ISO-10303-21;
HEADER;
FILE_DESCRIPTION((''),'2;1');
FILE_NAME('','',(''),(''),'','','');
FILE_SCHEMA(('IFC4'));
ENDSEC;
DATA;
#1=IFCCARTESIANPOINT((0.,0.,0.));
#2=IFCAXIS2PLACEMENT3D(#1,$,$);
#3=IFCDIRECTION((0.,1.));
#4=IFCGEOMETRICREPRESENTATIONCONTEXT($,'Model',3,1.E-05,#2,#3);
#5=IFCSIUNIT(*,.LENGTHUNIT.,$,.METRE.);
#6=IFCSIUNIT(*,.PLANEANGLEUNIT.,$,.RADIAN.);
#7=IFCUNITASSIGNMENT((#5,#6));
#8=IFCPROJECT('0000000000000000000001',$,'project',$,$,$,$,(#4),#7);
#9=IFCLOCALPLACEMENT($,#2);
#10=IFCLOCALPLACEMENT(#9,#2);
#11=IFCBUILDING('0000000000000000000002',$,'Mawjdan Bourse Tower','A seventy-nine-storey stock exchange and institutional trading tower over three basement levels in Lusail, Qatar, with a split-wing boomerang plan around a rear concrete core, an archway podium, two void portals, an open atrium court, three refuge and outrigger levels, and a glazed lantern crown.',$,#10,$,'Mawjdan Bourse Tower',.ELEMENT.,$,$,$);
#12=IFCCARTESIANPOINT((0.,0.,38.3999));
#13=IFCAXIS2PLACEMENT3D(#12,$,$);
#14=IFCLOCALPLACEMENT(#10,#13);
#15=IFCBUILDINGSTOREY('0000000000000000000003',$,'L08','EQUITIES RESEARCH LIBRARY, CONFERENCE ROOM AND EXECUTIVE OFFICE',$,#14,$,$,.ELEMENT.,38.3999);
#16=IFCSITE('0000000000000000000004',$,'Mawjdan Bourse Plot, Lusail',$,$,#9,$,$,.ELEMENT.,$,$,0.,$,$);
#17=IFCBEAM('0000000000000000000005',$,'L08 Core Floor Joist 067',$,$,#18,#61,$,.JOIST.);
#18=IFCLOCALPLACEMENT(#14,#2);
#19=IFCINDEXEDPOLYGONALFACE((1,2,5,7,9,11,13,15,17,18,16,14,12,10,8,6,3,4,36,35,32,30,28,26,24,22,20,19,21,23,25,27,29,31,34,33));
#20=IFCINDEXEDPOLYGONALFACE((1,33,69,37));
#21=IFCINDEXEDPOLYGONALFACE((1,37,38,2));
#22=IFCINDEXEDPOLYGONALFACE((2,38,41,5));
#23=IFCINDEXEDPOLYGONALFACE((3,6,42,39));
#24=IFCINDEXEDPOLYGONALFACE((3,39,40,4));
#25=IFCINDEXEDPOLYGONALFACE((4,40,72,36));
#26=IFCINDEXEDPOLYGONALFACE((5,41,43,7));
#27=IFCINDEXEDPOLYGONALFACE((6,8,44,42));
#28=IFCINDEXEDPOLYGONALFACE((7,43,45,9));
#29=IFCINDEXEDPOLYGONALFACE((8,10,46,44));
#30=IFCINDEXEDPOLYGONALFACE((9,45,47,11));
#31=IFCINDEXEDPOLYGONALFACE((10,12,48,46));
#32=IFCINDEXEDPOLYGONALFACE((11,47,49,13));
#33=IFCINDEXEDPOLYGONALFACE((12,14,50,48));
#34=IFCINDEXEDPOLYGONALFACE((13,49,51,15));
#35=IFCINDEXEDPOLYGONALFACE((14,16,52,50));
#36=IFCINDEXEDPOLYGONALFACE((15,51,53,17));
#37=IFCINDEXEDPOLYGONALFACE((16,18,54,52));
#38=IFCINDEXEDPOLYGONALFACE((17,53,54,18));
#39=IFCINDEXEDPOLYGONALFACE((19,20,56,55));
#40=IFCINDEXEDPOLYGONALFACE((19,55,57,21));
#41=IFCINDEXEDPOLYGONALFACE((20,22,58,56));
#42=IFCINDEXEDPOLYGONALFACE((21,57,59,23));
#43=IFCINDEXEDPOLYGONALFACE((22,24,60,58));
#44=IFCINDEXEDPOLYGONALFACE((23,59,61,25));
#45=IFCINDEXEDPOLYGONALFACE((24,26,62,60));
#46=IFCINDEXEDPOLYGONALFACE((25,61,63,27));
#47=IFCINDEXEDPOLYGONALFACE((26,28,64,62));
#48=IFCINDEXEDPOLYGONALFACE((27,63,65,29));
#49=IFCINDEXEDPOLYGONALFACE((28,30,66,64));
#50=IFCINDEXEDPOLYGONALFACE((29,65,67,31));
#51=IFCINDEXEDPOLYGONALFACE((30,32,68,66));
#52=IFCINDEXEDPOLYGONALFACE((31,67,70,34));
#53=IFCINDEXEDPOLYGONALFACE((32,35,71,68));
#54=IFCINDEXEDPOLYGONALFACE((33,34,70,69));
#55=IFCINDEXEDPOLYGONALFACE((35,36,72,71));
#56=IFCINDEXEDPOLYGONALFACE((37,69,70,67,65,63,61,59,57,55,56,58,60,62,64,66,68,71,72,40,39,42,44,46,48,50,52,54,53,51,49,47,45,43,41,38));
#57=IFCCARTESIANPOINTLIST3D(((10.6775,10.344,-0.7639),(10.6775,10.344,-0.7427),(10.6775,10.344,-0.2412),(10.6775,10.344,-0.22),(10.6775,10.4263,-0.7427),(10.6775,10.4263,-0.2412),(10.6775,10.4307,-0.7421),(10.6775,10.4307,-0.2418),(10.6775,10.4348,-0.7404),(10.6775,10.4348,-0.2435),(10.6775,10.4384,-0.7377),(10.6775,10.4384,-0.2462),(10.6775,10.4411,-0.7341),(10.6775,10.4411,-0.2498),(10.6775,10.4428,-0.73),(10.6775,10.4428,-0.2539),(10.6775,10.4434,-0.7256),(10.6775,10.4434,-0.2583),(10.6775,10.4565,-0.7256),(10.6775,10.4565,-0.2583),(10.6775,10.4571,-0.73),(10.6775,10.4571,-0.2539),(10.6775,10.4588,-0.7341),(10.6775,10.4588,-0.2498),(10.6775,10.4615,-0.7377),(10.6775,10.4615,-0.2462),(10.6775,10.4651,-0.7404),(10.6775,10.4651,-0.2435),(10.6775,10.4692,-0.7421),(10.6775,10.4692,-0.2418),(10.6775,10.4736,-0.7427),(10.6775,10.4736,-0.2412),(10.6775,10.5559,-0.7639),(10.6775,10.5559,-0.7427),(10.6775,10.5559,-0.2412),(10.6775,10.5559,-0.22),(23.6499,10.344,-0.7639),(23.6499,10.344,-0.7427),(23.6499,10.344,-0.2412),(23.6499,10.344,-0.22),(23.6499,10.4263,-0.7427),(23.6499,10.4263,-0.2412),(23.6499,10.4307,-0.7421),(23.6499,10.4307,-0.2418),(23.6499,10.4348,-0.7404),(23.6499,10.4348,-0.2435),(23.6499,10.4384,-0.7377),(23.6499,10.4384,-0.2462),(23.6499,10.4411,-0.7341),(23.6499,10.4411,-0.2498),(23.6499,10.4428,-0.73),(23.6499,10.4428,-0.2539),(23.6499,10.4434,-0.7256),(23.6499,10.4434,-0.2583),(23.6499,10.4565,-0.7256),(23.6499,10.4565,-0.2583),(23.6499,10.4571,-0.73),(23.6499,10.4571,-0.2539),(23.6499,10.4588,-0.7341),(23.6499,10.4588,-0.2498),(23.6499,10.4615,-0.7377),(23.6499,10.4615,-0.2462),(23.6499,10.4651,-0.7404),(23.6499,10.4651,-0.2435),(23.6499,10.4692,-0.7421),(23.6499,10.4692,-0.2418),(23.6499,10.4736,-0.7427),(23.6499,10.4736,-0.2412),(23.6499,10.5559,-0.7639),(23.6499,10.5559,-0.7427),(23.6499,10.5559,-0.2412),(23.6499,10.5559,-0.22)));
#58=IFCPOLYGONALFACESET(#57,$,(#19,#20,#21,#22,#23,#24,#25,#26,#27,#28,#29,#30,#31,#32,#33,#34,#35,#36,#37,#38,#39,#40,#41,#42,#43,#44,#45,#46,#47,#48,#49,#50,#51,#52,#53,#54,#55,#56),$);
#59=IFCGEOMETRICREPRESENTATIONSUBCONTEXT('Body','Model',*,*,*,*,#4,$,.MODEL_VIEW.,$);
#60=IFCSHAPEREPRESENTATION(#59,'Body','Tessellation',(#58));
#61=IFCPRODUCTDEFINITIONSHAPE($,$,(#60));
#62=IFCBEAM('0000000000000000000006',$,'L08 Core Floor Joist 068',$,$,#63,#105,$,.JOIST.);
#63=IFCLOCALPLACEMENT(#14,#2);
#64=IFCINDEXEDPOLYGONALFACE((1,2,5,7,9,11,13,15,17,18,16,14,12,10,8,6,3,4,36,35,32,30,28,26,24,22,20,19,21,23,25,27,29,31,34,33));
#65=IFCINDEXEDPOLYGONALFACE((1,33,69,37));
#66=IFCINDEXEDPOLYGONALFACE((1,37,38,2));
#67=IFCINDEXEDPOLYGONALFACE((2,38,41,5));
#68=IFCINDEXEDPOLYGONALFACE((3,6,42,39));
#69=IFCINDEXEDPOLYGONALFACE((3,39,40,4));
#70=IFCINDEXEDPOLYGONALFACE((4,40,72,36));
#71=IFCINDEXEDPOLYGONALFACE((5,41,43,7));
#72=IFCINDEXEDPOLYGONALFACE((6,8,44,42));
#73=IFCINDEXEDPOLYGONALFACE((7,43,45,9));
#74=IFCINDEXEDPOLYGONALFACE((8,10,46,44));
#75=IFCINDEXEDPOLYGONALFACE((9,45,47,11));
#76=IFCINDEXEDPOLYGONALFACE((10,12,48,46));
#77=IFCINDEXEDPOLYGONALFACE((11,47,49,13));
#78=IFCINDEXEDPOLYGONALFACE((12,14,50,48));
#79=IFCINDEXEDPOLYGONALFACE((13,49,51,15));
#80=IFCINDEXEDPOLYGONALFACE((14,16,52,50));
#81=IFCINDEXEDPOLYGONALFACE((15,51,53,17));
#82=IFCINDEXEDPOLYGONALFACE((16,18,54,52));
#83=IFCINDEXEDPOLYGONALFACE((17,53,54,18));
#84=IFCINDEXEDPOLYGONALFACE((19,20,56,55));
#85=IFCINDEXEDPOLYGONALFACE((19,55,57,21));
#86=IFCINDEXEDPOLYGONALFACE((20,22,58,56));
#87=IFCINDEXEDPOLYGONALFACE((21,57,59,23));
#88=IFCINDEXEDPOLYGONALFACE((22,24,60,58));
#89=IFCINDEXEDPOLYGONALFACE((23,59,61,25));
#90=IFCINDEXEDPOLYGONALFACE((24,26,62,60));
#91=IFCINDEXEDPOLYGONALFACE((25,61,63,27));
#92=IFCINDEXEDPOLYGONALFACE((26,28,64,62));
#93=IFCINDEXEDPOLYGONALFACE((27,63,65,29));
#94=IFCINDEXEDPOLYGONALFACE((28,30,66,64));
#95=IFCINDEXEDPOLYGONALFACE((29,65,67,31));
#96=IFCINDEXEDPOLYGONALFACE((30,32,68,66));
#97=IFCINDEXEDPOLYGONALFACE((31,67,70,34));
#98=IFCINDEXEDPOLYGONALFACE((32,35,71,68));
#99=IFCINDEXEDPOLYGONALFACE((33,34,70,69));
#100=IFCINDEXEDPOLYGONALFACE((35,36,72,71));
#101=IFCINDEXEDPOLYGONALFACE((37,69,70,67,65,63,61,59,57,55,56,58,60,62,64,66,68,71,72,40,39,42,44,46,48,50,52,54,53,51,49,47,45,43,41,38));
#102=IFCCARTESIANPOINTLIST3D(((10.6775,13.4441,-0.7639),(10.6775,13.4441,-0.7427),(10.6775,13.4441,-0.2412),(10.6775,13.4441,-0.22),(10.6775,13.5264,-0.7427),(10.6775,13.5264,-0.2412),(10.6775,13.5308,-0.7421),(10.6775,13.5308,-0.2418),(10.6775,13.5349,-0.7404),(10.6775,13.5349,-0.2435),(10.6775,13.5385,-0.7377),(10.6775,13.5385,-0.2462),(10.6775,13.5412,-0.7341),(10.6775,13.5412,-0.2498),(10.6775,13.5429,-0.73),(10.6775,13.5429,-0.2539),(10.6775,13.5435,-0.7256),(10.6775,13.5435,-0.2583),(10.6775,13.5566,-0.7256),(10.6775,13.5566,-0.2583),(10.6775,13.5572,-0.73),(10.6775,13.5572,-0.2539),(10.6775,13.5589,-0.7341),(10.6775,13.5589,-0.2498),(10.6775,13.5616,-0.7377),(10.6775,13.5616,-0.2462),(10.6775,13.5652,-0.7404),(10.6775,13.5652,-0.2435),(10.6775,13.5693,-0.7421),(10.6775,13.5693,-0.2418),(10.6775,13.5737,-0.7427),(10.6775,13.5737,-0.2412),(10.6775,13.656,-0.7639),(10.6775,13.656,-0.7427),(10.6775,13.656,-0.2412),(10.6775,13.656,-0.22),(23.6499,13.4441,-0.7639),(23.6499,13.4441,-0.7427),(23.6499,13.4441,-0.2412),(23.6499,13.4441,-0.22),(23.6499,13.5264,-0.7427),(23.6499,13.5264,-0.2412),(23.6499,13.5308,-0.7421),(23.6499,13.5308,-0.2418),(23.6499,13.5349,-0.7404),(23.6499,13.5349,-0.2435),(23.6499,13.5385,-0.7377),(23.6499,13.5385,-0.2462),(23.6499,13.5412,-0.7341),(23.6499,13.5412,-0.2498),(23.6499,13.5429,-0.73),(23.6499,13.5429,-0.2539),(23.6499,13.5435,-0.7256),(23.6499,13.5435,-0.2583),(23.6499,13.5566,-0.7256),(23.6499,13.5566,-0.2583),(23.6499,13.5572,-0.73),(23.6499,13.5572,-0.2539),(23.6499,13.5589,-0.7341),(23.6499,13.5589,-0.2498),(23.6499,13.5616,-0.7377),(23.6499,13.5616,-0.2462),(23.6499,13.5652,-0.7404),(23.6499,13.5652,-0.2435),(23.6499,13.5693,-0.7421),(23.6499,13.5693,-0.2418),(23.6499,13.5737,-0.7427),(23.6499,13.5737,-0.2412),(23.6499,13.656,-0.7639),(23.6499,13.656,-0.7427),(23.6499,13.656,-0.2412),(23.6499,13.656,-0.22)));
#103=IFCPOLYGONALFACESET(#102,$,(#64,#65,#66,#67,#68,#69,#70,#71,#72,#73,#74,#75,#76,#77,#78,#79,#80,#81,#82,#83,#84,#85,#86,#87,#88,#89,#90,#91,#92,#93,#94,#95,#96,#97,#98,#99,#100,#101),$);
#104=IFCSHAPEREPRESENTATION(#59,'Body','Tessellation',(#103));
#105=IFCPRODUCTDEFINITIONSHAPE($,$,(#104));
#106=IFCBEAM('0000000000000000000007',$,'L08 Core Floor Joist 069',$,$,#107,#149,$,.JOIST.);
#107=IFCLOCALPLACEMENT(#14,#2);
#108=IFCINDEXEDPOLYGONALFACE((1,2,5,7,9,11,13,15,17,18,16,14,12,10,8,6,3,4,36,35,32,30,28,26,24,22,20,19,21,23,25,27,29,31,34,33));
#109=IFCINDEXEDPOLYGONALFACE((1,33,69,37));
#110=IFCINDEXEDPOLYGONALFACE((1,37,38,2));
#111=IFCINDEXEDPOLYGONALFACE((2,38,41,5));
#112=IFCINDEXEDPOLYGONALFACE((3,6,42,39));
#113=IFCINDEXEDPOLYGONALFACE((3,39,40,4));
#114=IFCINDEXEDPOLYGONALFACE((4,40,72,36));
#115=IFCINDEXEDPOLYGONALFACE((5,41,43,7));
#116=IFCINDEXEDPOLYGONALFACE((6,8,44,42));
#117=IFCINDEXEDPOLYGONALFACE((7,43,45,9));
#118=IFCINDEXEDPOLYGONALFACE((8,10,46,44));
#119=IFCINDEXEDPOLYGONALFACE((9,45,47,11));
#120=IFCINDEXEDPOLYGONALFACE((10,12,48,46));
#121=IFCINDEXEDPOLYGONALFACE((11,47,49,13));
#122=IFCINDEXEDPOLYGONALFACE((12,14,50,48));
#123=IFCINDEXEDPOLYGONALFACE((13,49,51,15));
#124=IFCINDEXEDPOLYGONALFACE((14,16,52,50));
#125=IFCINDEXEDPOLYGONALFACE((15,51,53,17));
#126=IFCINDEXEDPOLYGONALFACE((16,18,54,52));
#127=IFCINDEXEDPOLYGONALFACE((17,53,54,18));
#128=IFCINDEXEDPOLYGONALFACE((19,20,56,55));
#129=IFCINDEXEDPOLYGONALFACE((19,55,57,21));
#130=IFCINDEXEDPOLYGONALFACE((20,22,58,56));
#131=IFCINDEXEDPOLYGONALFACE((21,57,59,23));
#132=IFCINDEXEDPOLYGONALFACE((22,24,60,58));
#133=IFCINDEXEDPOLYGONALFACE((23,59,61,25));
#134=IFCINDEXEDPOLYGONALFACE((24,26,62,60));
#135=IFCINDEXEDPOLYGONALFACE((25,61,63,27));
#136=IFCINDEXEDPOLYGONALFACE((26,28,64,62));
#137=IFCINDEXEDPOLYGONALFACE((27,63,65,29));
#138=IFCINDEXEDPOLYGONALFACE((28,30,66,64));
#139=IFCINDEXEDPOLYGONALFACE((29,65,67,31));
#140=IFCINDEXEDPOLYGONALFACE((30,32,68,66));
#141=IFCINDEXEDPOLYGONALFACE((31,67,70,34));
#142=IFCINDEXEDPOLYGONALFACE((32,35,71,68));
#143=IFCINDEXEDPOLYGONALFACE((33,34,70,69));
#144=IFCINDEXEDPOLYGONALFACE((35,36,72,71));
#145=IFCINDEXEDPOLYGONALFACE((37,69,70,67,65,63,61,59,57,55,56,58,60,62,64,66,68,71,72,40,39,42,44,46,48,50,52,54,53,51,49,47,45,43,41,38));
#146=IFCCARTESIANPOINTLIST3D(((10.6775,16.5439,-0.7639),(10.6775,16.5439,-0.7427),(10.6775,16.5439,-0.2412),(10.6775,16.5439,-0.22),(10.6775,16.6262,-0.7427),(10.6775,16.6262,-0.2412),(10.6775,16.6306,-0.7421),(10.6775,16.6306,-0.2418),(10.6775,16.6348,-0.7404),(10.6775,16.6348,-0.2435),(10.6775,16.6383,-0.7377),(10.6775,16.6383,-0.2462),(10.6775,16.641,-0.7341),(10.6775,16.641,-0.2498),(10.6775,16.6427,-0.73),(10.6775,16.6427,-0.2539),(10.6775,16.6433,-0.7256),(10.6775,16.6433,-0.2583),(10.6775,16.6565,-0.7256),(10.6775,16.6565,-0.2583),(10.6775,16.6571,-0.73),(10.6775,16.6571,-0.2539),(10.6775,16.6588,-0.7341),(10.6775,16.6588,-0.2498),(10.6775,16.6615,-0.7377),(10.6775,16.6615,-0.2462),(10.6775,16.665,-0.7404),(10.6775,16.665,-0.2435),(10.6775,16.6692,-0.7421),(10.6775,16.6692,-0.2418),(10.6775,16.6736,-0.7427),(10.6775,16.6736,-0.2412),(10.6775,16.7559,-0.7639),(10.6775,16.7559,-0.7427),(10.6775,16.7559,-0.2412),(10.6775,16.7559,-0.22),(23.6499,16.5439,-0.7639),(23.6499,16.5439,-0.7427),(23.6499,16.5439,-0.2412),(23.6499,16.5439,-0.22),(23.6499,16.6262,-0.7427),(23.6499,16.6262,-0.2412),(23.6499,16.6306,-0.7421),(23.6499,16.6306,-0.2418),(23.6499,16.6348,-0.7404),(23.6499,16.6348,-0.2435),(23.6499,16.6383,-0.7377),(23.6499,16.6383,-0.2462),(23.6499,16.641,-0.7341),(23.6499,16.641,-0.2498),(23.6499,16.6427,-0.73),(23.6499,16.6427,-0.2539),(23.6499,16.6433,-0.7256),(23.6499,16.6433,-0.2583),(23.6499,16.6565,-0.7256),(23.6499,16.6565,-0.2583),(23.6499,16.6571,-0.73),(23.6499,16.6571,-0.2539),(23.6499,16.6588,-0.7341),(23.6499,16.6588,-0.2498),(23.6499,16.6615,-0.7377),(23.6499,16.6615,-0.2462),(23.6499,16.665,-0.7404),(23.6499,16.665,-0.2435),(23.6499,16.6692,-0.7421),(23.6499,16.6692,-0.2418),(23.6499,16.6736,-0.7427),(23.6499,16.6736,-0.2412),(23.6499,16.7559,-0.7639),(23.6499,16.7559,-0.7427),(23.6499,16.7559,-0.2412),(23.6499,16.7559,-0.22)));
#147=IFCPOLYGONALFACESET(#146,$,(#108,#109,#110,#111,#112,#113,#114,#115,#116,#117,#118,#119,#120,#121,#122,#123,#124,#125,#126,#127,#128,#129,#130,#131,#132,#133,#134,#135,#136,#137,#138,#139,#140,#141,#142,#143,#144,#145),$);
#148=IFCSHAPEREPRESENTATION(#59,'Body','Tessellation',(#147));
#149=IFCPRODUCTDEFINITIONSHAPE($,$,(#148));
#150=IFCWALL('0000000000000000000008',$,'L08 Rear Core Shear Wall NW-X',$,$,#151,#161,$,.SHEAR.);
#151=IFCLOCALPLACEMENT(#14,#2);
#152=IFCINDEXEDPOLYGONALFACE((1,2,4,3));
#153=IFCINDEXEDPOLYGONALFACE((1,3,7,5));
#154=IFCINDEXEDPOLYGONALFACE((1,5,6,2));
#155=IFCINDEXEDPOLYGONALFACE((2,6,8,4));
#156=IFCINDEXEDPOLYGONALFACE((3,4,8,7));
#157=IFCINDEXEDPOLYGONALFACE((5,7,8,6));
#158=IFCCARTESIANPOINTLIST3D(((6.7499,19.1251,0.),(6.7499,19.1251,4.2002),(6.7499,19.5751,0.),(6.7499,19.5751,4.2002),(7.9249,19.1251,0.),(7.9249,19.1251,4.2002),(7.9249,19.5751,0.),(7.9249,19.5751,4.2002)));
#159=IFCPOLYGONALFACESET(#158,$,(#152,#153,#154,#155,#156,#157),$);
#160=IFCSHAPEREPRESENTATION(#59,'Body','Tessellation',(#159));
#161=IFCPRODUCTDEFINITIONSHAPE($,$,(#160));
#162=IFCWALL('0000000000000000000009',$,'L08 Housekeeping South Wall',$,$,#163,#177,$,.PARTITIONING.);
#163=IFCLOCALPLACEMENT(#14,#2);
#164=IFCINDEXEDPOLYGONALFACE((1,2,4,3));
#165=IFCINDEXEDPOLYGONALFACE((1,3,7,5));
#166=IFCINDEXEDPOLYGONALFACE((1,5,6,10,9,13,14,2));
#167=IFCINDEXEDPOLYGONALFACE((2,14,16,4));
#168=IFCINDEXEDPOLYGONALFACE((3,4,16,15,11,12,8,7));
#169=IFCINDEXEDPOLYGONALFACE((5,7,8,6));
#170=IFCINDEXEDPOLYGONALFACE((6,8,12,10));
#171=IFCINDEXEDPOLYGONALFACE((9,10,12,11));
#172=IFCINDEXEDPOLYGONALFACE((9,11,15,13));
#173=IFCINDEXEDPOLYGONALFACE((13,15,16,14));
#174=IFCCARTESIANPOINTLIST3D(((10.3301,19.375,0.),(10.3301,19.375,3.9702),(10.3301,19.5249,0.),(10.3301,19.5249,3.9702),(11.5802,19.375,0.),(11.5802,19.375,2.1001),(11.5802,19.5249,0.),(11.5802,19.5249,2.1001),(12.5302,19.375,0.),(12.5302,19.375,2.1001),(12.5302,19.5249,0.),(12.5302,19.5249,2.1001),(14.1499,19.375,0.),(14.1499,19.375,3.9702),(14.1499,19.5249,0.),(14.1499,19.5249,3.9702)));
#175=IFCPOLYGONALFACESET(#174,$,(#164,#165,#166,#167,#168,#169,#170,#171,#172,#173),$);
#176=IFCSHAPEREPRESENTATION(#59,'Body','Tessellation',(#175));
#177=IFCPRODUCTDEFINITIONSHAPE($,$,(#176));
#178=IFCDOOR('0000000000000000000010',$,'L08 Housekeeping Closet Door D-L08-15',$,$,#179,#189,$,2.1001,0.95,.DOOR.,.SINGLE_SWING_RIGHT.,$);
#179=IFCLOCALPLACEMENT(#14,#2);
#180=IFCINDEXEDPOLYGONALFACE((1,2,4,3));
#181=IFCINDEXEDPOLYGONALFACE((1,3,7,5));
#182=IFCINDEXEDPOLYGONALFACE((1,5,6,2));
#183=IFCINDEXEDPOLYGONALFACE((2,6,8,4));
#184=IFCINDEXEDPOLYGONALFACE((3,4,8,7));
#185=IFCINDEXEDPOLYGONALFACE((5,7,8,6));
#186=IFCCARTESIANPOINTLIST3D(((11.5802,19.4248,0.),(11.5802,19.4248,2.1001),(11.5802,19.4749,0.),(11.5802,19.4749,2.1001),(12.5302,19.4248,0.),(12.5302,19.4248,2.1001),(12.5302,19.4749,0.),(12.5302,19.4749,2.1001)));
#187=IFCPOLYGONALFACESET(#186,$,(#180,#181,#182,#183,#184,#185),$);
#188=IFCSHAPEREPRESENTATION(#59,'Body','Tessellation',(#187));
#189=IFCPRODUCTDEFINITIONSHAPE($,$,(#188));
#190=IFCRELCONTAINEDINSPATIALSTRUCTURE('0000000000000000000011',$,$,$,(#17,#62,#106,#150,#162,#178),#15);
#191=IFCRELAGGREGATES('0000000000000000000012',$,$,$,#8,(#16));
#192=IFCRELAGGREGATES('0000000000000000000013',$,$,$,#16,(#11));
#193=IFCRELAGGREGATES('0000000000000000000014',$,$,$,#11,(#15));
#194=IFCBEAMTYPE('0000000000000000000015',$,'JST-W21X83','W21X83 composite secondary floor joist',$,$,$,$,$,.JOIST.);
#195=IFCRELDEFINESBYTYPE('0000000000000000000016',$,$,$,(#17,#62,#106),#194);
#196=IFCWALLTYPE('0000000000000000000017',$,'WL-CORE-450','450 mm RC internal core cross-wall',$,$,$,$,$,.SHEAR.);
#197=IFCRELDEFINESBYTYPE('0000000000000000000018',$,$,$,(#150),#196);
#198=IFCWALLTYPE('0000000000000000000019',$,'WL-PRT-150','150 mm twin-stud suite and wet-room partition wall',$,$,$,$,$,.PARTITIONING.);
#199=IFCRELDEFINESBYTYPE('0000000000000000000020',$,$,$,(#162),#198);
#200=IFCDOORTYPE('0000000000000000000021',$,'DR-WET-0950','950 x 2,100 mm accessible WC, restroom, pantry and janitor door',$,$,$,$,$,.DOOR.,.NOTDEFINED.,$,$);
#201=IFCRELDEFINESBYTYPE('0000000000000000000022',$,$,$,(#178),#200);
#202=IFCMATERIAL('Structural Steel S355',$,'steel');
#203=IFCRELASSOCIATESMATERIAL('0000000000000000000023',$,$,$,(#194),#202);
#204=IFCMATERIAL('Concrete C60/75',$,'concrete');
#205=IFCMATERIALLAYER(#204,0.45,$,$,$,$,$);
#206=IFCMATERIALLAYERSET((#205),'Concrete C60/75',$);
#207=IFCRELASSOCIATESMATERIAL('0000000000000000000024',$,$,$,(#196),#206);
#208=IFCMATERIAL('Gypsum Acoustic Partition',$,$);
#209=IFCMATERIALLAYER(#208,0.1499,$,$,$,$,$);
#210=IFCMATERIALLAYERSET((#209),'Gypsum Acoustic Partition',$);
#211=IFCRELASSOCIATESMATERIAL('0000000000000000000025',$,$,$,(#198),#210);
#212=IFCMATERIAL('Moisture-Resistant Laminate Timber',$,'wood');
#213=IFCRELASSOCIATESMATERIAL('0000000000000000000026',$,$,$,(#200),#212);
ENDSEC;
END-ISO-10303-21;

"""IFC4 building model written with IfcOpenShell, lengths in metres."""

from ifc_helpers import new_model, si_unit, direction, frame, frame_2d, origin, origin_2d, place, context, subcontext, project, spatial, rectangle, i_section, extrude, material, layer, layer_set, material_profile, profile_set, type_object, element, fill, save


model = new_model("IFC4")

# Units and contexts
model_context = context("Model", 3, precision=1e-05, world=origin(), true_north=direction((0.0, 1.0)))
body_context = subcontext(model_context, "Body", "Model", "MODEL_VIEW")
ifc_project = project(units=[si_unit("LENGTHUNIT", "METRE"), si_unit("PLANEANGLEUNIT", "RADIAN")], contexts=[model_context])

# Site, building, storey
site_placement = place(None, origin())
site = spatial("IfcSite", under=ifc_project, at=site_placement, Name="Mawjdan Bourse Plot, Lusail", CompositionType="ELEMENT", RefElevation=0.0)
building_placement = place(site_placement, origin())
building = spatial("IfcBuilding", under=site, at=building_placement, Name="Mawjdan Bourse Tower", Description="A seventy-nine-storey stock exchange and institutional trading tower over three basement levels in Lusail, Qatar, with a split-wing boomerang plan around a rear concrete core, an archway podium, two void portals, an open atrium court, three refuge and outrigger levels, and a glazed lantern crown.", LongName="Mawjdan Bourse Tower", CompositionType="ELEMENT")
storey_placement = place(building_placement, frame((0.0, 0.0, 38.3999)))
storey = spatial("IfcBuildingStorey", under=building, at=storey_placement, Name="L08", Description="EQUITIES RESEARCH LIBRARY, CONFERENCE ROOM AND EXECUTIVE OFFICE", CompositionType="ELEMENT", Elevation=38.3999)

# Beams
ifc_material_1 = material(Name="Structural Steel S355", Category="steel")
ifc_material_profile = material_profile(ifc_material_1, i_section(OverallWidth=0.2119, OverallDepth=0.5439, WebThickness=0.0132, FlangeThickness=0.0212, FilletRadius=0.0171, at=origin_2d()), Name="W21X83")
ifc_profile_set = profile_set([ifc_material_profile], Name="Structural Steel S355")
beam_type = type_object("IfcBeamType", Name="JST-W21X83", Description="W21X83 composite secondary floor joist", PredefinedType="JOIST", material=ifc_profile_set)
for number, where, z_axis, x_axis, name in (
    (1, (10.6775, 10.45, -0.4919), (1.0, 0.0, 0.0), (0.0, 1.0, 0.0), "L08 Core Floor Joist 067"),
    (2, (10.6775, 13.55, -0.4919), (1.0, 0.0, 0.0), (0.0, 1.0, 0.0), "L08 Core Floor Joist 068"),
    (3, (10.6775, 16.6499, -0.4919), (1.0, 0.0, 0.0), (0.0, 1.0, 0.0), "L08 Core Floor Joist 069"),
):
    element("IfcBeam", number, at=place(storey_placement, frame(where, z_axis=z_axis, x_axis=x_axis)), inside=storey, type_object=beam_type, Name=name, PredefinedType="JOIST", context=body_context, shape_type="SweptSolid", body=[
        extrude(i_section(OverallWidth=0.2119, OverallDepth=0.5439, WebThickness=0.0132, FlangeThickness=0.0212, FilletRadius=0.0171, at=origin_2d()), origin(), (0.0, 0.0, 1.0), 12.9724),
    ])

# Wall
ifc_material_2 = material(Name="Concrete C60/75", Category="concrete")
ifc_layer_1 = layer(ifc_material_2, 0.45)
ifc_layer_set_1 = layer_set([ifc_layer_1], Name="Concrete C60/75")
wall_type_1 = type_object("IfcWallType", Name="WL-CORE-450", Description="450 mm RC internal core cross-wall", PredefinedType="SHEAR", material=ifc_layer_set_1)
wall_1_placement = place(storey_placement, frame((6.75, 19.3501, 0.0), z_axis=(0.0, 0.0, 1.0), x_axis=(1.0, 0.0, 0.0)))
element("IfcWall", 4, at=wall_1_placement, inside=storey, type_object=wall_type_1, Name="L08 Rear Core Shear Wall NW-X", PredefinedType="SHEAR", context=body_context, shape_type="SweptSolid", body=[
    extrude(rectangle(XDim=1.175, YDim=0.45, at=frame_2d((0.5874, 0.0))), origin(), (0.0, 0.0, 1.0), 4.2002),
])

# Wall, opening, door
ifc_material_3 = material(Name="Gypsum Acoustic Partition")
ifc_layer_2 = layer(ifc_material_3, 0.1499)
ifc_layer_set_2 = layer_set([ifc_layer_2], Name="Gypsum Acoustic Partition")
wall_type_2 = type_object("IfcWallType", Name="WL-PRT-150", Description="150 mm twin-stud suite and wet-room partition wall", PredefinedType="PARTITIONING", material=ifc_layer_set_2)
wall_2_placement = place(storey_placement, frame((10.3301, 19.45, 0.0), z_axis=(0.0, 0.0, 1.0), x_axis=(1.0, 0.0, 0.0)))
wall_2 = element("IfcWall", 5, at=wall_2_placement, inside=storey, type_object=wall_type_2, Name="L08 Housekeeping South Wall", PredefinedType="PARTITIONING", context=body_context, shape_type="SweptSolid", body=[
    extrude(rectangle(XDim=3.8198, YDim=0.1499, at=frame_2d((1.9099, 0.0))), origin(), (0.0, 0.0, 1.0), 3.9702),
])
opening_1_placement = place(wall_2_placement, frame((1.25, 0.0, 0.0)))
opening_1 = element("IfcOpeningElement", 6, at=opening_1_placement, cuts=wall_2, PredefinedType="OPENING", context=body_context, shape_type="SweptSolid", body=[
    extrude(rectangle(XDim=0.95, YDim=2.1001, at=frame_2d((0.4751, 1.05))), frame((0.0, 0.085, 0.0), z_axis=(0.0, -1.0, 0.0), x_axis=(1.0, 0.0, 0.0)), (0.0, 0.0, 1.0), 0.1699),
])
ifc_material_4 = material(Name="Moisture-Resistant Laminate Timber", Category="wood")
door_type_1 = type_object("IfcDoorType", Name="DR-WET-0950", Description="950 x 2,100 mm accessible WC, restroom, pantry and janitor door", OperationType="NOTDEFINED", PredefinedType="DOOR", material=ifc_material_4)
door_1_placement = place(opening_1_placement, origin())
door_1 = element("IfcDoor", 7, at=door_1_placement, inside=storey, type_object=door_type_1, Name="L08 Housekeeping Closet Door D-L08-15", OperationType="SINGLE_SWING_RIGHT", OverallHeight=2.1001, OverallWidth=0.95, PredefinedType="DOOR", context=body_context, shape_type="SweptSolid", body=[
    extrude(rectangle(XDim=0.95, YDim=2.1001, at=frame_2d((0.4751, 1.05))), frame((0.0, 0.0249, 0.0), z_axis=(0.0, -1.0, 0.0), x_axis=(1.0, 0.0, 0.0)), (0.0, 0.0, 1.0), 0.05),
])
fill(opening_1, door_1)

save(model, "model.ifc")
